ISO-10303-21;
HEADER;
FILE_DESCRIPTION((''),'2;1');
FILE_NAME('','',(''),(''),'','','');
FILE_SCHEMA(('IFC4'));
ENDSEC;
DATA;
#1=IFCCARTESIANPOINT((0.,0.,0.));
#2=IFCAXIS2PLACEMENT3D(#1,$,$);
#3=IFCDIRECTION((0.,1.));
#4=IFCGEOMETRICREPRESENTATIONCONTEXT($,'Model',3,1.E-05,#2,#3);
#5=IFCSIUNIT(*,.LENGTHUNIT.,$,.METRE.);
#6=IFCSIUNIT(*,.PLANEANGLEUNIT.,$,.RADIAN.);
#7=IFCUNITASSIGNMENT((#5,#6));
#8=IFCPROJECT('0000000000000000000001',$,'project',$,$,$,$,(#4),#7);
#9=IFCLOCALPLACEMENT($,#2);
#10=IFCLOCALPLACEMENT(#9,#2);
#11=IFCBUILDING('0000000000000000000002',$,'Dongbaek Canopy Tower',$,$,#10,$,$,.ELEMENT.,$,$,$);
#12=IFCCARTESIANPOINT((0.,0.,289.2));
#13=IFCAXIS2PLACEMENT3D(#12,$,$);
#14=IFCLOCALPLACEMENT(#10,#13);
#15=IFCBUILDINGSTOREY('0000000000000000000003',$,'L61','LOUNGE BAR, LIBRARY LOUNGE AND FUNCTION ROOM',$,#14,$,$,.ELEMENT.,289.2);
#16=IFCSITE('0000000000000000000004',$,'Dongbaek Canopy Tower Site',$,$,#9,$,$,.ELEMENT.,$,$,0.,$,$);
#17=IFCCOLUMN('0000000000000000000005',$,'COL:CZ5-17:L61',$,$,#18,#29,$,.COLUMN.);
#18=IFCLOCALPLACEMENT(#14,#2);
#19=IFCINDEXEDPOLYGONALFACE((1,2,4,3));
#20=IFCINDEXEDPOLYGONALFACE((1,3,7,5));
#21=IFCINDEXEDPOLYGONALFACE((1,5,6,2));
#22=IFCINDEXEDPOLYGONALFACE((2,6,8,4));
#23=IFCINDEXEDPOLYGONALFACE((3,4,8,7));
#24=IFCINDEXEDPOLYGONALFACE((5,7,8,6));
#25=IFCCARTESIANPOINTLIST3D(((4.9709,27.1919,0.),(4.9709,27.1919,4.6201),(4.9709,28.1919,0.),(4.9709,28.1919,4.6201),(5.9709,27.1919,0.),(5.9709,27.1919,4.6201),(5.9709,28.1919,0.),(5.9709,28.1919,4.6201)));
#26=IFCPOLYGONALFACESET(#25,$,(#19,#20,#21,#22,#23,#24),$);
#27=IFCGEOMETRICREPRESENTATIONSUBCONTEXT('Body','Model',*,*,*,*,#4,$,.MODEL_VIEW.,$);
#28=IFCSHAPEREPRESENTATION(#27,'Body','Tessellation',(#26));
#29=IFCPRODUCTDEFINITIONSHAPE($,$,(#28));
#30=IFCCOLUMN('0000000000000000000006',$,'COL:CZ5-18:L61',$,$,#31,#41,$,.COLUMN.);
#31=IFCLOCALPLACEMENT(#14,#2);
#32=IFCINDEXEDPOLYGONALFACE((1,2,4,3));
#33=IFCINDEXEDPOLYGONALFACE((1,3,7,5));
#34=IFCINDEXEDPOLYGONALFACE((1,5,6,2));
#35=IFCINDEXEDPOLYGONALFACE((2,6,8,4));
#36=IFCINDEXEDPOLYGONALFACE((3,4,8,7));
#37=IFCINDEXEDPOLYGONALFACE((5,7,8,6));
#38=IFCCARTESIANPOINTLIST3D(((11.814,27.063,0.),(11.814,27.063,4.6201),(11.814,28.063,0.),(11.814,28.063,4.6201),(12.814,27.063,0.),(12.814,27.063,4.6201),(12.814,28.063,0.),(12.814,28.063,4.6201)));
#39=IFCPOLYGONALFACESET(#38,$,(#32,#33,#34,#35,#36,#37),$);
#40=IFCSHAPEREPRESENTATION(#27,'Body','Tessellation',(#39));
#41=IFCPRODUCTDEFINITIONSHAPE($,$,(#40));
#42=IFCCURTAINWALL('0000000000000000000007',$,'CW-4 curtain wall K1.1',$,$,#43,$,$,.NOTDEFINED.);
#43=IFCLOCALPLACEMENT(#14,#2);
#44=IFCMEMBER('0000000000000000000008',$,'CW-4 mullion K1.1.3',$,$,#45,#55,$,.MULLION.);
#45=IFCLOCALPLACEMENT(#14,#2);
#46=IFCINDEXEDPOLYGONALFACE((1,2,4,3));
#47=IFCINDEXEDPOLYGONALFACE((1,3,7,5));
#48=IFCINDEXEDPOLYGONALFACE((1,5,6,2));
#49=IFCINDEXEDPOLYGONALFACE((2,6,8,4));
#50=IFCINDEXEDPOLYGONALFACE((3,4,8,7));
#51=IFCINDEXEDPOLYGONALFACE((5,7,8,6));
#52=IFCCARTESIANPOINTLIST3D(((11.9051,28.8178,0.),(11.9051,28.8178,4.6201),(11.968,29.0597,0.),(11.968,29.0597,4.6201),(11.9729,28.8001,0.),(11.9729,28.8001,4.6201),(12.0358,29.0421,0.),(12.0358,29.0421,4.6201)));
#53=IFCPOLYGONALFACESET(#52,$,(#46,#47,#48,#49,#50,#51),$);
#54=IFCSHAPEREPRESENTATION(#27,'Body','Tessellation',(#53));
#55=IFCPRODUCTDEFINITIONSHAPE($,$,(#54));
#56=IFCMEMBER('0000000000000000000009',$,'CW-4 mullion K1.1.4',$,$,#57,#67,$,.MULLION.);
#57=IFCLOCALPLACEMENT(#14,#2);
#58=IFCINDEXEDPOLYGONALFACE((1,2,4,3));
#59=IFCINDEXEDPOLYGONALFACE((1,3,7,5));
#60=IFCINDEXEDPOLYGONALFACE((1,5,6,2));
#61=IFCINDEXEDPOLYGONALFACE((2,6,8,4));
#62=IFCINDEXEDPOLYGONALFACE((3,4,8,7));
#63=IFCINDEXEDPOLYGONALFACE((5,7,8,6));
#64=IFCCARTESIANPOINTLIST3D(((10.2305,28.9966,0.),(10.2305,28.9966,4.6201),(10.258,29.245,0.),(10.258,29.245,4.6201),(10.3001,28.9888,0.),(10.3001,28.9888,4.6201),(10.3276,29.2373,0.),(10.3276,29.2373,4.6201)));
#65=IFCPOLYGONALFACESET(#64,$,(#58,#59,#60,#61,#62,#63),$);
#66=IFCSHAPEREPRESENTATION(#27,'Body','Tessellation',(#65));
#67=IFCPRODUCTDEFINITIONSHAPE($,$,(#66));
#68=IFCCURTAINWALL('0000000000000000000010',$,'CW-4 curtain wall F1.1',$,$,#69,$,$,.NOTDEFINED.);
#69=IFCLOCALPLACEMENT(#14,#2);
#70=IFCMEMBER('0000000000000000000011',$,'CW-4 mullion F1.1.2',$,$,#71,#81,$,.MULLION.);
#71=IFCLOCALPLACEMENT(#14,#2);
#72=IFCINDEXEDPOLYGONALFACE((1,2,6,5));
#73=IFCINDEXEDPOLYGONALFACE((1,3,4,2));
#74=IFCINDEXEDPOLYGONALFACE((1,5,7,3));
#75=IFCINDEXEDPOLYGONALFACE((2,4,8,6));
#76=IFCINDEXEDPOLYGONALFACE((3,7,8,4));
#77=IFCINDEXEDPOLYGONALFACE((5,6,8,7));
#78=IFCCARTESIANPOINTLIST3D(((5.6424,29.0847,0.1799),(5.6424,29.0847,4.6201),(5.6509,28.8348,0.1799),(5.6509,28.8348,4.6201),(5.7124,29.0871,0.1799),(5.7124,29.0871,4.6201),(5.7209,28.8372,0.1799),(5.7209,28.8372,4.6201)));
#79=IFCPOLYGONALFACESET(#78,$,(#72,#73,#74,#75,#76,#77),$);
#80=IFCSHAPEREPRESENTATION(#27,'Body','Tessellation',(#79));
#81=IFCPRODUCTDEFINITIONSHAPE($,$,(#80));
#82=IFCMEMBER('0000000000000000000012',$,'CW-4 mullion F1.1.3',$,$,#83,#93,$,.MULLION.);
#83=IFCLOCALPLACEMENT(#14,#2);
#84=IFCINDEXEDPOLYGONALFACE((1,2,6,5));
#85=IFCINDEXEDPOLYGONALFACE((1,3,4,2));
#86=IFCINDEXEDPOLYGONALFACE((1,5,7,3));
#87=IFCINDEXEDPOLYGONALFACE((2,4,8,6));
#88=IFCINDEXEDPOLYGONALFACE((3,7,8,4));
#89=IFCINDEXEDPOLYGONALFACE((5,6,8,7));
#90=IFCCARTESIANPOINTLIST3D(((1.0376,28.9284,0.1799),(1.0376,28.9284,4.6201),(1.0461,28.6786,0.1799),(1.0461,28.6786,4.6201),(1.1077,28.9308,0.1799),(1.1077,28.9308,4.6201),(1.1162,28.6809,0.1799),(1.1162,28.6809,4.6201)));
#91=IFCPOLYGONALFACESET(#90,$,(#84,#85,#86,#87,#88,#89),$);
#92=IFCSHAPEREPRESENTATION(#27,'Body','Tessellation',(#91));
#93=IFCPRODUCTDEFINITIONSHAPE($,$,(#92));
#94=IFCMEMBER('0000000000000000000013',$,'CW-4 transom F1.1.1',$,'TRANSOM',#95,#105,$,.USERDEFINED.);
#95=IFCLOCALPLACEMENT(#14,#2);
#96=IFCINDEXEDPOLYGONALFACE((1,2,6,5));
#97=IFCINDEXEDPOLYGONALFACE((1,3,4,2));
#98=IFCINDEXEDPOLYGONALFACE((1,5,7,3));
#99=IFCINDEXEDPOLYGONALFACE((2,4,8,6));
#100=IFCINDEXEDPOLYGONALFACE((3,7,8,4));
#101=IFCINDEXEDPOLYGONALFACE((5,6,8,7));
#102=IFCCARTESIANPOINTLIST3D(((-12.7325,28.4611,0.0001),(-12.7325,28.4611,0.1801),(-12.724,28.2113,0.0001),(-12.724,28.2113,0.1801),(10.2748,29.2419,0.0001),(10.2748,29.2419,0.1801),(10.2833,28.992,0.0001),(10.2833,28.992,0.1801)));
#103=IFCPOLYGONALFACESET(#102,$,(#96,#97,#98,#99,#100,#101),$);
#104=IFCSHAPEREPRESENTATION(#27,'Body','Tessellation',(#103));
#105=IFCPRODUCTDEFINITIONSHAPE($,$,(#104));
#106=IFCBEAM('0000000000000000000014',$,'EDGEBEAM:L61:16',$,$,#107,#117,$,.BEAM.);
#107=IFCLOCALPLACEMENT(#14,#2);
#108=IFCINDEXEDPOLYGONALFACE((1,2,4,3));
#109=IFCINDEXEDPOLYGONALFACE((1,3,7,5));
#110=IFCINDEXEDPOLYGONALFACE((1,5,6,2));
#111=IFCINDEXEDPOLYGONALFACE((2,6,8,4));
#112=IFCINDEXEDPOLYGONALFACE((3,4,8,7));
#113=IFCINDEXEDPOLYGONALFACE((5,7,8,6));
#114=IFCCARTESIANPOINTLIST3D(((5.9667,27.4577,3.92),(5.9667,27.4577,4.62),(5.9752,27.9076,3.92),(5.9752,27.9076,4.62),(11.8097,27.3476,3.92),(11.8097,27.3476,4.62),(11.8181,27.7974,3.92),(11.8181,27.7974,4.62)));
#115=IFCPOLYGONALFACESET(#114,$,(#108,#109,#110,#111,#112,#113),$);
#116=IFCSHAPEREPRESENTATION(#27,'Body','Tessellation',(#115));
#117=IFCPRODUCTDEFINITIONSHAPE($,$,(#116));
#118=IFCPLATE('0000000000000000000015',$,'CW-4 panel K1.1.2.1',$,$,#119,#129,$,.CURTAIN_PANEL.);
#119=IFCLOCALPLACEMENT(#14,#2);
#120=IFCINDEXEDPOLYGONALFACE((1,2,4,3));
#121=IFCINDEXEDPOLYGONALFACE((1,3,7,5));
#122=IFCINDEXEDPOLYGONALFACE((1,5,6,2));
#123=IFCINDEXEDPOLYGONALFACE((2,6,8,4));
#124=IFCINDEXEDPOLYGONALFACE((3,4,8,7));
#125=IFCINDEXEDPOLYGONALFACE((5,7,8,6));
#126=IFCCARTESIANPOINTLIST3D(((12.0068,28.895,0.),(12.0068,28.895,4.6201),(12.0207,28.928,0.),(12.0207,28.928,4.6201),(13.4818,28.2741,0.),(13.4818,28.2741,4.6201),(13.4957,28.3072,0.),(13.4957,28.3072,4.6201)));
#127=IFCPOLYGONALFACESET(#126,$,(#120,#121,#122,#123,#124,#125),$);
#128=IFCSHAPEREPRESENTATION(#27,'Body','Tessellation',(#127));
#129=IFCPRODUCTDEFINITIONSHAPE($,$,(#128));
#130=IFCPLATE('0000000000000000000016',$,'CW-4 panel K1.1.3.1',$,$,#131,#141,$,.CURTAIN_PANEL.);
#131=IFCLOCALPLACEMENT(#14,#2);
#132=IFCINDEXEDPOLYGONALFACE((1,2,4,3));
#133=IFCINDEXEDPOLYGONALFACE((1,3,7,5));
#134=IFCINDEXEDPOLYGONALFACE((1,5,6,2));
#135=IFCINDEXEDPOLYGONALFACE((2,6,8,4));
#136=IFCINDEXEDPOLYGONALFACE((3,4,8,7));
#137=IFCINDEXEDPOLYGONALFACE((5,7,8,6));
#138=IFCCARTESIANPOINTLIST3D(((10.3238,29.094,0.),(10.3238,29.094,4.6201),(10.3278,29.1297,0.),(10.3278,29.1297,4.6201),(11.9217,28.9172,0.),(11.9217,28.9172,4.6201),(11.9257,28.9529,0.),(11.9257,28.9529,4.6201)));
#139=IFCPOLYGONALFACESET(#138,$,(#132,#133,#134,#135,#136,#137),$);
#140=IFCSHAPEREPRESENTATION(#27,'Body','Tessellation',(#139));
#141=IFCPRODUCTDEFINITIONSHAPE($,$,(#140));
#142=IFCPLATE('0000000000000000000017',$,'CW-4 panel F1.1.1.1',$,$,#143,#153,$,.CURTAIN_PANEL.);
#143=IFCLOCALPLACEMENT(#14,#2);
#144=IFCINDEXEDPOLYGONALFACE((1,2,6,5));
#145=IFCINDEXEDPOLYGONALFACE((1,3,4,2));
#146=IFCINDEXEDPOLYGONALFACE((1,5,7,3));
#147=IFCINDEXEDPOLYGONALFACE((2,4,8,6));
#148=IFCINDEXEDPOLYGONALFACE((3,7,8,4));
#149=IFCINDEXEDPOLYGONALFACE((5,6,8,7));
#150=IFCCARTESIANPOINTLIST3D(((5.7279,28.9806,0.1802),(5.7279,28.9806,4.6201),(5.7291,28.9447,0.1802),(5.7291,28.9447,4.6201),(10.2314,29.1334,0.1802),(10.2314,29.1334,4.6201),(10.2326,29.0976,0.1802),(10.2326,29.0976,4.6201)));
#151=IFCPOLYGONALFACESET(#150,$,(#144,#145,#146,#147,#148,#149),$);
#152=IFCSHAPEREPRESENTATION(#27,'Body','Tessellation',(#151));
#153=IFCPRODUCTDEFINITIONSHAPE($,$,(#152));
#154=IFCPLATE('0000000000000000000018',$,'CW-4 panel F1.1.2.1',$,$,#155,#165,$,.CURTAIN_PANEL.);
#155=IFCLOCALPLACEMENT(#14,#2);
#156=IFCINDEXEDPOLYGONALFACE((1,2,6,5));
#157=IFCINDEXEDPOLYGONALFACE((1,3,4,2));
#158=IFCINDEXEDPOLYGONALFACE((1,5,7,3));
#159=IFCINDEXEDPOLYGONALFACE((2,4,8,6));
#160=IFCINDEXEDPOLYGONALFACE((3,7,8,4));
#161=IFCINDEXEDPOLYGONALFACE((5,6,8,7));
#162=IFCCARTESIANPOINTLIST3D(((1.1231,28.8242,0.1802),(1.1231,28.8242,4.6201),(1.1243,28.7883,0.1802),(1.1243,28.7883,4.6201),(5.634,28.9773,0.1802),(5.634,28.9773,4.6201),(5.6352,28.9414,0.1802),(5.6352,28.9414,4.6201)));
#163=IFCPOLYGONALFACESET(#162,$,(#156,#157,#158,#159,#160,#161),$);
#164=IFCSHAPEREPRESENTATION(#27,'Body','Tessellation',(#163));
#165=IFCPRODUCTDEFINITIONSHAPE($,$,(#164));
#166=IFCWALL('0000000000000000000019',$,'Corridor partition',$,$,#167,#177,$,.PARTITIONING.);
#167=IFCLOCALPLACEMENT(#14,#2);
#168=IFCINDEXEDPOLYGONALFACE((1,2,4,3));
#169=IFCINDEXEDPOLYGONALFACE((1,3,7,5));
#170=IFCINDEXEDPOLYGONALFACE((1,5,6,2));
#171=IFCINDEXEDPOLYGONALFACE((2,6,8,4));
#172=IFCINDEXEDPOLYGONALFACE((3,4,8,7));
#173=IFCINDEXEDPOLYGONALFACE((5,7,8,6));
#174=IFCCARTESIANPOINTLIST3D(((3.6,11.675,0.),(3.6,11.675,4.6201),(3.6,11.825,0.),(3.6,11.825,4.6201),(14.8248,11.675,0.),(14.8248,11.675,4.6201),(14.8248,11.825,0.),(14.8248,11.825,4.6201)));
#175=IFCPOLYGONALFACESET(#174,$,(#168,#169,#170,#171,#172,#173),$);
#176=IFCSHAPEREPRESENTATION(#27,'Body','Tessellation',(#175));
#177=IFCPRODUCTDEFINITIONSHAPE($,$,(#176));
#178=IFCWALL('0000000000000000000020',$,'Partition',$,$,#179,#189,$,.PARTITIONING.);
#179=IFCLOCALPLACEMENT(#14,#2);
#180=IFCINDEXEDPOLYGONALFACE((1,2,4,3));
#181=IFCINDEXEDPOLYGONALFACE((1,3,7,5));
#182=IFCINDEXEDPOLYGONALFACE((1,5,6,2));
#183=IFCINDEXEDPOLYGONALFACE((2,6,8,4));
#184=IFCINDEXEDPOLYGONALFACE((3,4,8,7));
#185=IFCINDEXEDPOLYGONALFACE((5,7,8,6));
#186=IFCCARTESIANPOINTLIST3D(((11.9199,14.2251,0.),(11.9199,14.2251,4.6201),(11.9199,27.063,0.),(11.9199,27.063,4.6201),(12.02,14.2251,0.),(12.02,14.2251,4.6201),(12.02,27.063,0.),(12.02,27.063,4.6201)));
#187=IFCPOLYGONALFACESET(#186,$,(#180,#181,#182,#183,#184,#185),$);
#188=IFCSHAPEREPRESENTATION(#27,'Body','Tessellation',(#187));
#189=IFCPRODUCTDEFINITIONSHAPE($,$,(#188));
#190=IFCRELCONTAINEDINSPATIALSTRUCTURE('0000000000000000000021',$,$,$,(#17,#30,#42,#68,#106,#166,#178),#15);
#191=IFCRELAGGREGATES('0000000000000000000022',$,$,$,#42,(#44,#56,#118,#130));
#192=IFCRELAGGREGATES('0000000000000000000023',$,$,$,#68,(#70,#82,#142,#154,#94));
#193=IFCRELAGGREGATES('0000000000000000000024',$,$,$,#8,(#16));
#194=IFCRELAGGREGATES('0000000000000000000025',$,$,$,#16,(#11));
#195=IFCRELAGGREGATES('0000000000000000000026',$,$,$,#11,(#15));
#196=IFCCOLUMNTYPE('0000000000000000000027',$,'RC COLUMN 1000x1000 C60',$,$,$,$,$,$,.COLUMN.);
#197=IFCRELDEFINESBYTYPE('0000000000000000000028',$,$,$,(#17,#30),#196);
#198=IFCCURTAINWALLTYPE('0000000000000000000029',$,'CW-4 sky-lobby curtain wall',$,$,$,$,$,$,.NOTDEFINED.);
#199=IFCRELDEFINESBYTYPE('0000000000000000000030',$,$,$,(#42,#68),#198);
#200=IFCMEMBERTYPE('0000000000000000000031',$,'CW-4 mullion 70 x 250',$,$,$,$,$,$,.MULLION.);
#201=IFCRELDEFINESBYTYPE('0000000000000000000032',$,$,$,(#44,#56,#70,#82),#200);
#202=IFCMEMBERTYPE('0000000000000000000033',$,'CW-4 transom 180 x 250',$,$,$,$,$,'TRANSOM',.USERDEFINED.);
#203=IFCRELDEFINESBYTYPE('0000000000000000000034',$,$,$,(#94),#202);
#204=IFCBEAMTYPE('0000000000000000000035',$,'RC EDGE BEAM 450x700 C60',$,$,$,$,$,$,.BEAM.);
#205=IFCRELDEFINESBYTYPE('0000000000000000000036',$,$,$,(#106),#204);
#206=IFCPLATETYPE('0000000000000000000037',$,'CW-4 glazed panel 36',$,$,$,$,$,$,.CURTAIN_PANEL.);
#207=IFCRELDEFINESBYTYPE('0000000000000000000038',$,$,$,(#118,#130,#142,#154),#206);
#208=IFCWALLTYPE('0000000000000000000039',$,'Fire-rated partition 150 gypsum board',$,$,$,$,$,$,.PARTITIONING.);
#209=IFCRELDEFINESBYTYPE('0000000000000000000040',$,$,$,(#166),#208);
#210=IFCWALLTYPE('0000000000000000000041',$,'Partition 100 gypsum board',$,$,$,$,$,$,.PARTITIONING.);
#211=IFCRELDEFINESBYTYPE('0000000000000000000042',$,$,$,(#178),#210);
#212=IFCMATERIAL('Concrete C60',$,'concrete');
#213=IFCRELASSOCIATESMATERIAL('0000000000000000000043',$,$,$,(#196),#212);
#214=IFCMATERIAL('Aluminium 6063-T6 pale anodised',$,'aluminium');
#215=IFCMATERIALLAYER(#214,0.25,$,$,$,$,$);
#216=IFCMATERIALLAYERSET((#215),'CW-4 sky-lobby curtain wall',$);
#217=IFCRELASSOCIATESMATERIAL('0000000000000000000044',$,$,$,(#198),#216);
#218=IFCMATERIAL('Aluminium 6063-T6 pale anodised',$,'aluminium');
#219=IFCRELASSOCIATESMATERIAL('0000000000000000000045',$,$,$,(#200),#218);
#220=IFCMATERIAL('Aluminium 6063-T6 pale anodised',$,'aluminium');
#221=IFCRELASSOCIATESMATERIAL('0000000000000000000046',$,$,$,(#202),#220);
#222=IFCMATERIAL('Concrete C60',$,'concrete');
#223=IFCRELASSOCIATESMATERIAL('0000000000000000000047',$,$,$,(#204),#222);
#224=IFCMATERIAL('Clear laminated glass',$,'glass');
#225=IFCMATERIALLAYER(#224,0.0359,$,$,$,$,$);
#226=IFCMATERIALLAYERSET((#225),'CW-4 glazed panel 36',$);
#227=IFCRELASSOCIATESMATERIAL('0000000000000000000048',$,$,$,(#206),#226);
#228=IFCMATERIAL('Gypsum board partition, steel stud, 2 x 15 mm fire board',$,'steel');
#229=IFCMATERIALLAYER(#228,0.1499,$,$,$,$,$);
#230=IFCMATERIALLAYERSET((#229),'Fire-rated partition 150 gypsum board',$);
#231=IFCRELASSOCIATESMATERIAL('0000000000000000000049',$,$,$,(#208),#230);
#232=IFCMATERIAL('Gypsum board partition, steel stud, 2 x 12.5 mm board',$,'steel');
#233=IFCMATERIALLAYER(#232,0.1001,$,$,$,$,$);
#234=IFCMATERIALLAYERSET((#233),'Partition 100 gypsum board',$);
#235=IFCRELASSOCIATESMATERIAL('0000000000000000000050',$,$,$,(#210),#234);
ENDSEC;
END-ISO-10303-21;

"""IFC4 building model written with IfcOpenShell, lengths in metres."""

from ifc_helpers import new_model, si_unit, direction, frame, frame_2d, origin, origin_2d, place, context, subcontext, project, spatial, rectangle, extrude, material, layer, layer_set, material_profile, profile_set, type_object, element, aggregate, save


model = new_model("IFC4")

# Units and contexts
model_context = context("Model", 3, precision=1e-05, world=origin(), true_north=direction((0.0, 1.0)))
body_context = subcontext(model_context, "Body", "Model", "MODEL_VIEW")
ifc_project = project(units=[si_unit("LENGTHUNIT", "METRE"), si_unit("PLANEANGLEUNIT", "RADIAN")], contexts=[model_context])

# Site, building, storey
site_placement = place(None, origin())
site = spatial("IfcSite", under=ifc_project, at=site_placement, Name="Dongbaek Canopy Tower Site", CompositionType="ELEMENT", RefElevation=0.0)
building_placement = place(site_placement, origin())
building = spatial("IfcBuilding", under=site, at=building_placement, Name="Dongbaek Canopy Tower", CompositionType="ELEMENT")
storey_placement = place(building_placement, frame((0.0, 0.0, 289.2)))
storey = spatial("IfcBuildingStorey", under=building, at=storey_placement, Name="L61", Description="LOUNGE BAR, LIBRARY LOUNGE AND FUNCTION ROOM", CompositionType="ELEMENT", Elevation=289.2)

# Columns
ifc_material_1 = material(Name="Concrete C60", Category="concrete")
ifc_material_profile_1 = material_profile(ifc_material_1, rectangle(XDim=1.0, YDim=1.0, at=origin_2d()), Name="RC COLUMN 1000x1000 C60")
ifc_profile_set_1 = profile_set([ifc_material_profile_1], Name="Concrete C60")
column_type = type_object("IfcColumnType", Name="RC COLUMN 1000x1000 C60", PredefinedType="COLUMN", material=ifc_profile_set_1)
for number, where, z_axis, x_axis, name in (
    (1, (5.4709, 27.6919, 0.0), (0.0, 0.0, 1.0), (1.0, 0.0, 0.0), "COL:CZ5-17:L61"),
    (2, (12.314, 27.563, 0.0), (0.0, 0.0, 1.0), (1.0, 0.0, 0.0), "COL:CZ5-18:L61"),
):
    element("IfcColumn", number, at=place(storey_placement, frame(where, z_axis=z_axis, x_axis=x_axis)), inside=storey, type_object=column_type, Name=name, PredefinedType="COLUMN", context=body_context, shape_type="SweptSolid", body=[
        extrude(rectangle(XDim=1.0, YDim=1.0, at=origin_2d()), origin(), (0.0, 0.0, 1.0), 4.6201),
    ])

# Curtain walls, members
ifc_material_2 = material(Name="Aluminium 6063-T6 pale anodised", Category="aluminium")
ifc_layer_1 = layer(ifc_material_2, 0.25)
ifc_layer_set_1 = layer_set([ifc_layer_1], Name="CW-4 sky-lobby curtain wall")
curtain_wall_type = type_object("IfcCurtainWallType", Name="CW-4 sky-lobby curtain wall", PredefinedType="NOTDEFINED", material=ifc_layer_set_1)
curtain_wall_1_placement = place(storey_placement, origin())
curtain_wall_1 = element("IfcCurtainWall", 3, at=curtain_wall_1_placement, inside=storey, type_object=curtain_wall_type, Name="CW-4 curtain wall K1.1", PredefinedType="NOTDEFINED")
ifc_material_3 = material(Name="Aluminium 6063-T6 pale anodised", Category="aluminium")
ifc_material_profile_2 = material_profile(ifc_material_3, rectangle(XDim=0.25, YDim=0.0701, at=origin_2d()), Name="CW-4 mullion 70 x 250")
ifc_profile_set_2 = profile_set([ifc_material_profile_2], Name="Aluminium 6063-T6 pale anodised")
member_type_1 = type_object("IfcMemberType", Name="CW-4 mullion 70 x 250", PredefinedType="MULLION", material=ifc_profile_set_2)
member_1_placement = place(storey_placement, frame((11.9705, 28.9299, 0.0), z_axis=(0.0, 0.0, 1.0), x_axis=(0.251572, 0.967839, 0.0)))
member_1 = element("IfcMember", 4, at=member_1_placement, type_object=member_type_1, Name="CW-4 mullion K1.1.3", PredefinedType="MULLION", context=body_context, shape_type="SweptSolid", body=[
    extrude(rectangle(XDim=0.25, YDim=0.0701, at=origin_2d()), origin(), (0.0, 0.0, 1.0), 4.6201),
])
member_2_placement = place(storey_placement, frame((10.2791, 29.1169, 0.0), z_axis=(0.0, 0.0, 1.0), x_axis=(0.109965, 0.993936, 0.0)))
member_2 = element("IfcMember", 5, at=member_2_placement, type_object=member_type_1, Name="CW-4 mullion K1.1.4", PredefinedType="MULLION", context=body_context, shape_type="SweptSolid", body=[
    extrude(rectangle(XDim=0.25, YDim=0.0701, at=origin_2d()), origin(), (0.0, 0.0, 1.0), 4.6201),
])
curtain_wall_2_placement = place(storey_placement, origin())
curtain_wall_2 = element("IfcCurtainWall", 6, at=curtain_wall_2_placement, inside=storey, type_object=curtain_wall_type, Name="CW-4 curtain wall F1.1", PredefinedType="NOTDEFINED")
member_3_placement = place(storey_placement, frame((5.6816, 28.9609, 0.1799), z_axis=(0.0, 0.0, 1.0), x_axis=(-0.033923, 0.999424, 0.0)))
member_3 = element("IfcMember", 7, at=member_3_placement, type_object=member_type_1, Name="CW-4 mullion F1.1.2", PredefinedType="MULLION", context=body_context, shape_type="SweptSolid", body=[
    extrude(rectangle(XDim=0.25, YDim=0.0701, at=origin_2d()), origin(), (0.0, 0.0, 1.0), 4.4402),
])
member_4_placement = place(storey_placement, frame((1.0769, 28.8047, 0.1799), z_axis=(0.0, 0.0, 1.0), x_axis=(-0.033923, 0.999424, 0.0)))
member_4 = element("IfcMember", 8, at=member_4_placement, type_object=member_type_1, Name="CW-4 mullion F1.1.3", PredefinedType="MULLION", context=body_context, shape_type="SweptSolid", body=[
    extrude(rectangle(XDim=0.25, YDim=0.0701, at=origin_2d()), origin(), (0.0, 0.0, 1.0), 4.4402),
])
ifc_material_4 = material(Name="Aluminium 6063-T6 pale anodised", Category="aluminium")
ifc_material_profile_3 = material_profile(ifc_material_4, rectangle(XDim=0.25, YDim=0.1799, at=origin_2d()), Name="CW-4 transom 180 x 250")
ifc_profile_set_3 = profile_set([ifc_material_profile_3], Name="Aluminium 6063-T6 pale anodised")
member_type_2 = type_object("IfcMemberType", Name="CW-4 transom 180 x 250", ElementType="TRANSOM", PredefinedType="USERDEFINED", material=ifc_profile_set_3)
member_5_placement = place(storey_placement, frame((10.2791, 29.1169, 0.0901), z_axis=(-0.999425, -0.033916, 0.0), x_axis=(0.033916, -0.999425, 0.0)))
member_5 = element("IfcMember", 9, at=member_5_placement, type_object=member_type_2, Name="CW-4 transom F1.1.1", ObjectType="TRANSOM", PredefinedType="USERDEFINED", context=body_context, shape_type="SweptSolid", body=[
    extrude(rectangle(XDim=0.25, YDim=0.1799, at=origin_2d()), origin(), (0.0, 0.0, 1.0), 23.0205),
])

# Beam
ifc_material_5 = material(Name="Concrete C60", Category="concrete")
ifc_material_profile_4 = material_profile(ifc_material_5, rectangle(XDim=0.45, YDim=0.7, at=origin_2d()), Name="RC EDGE BEAM 450x700 C60")
ifc_profile_set_4 = profile_set([ifc_material_profile_4], Name="Concrete C60")
beam_type = type_object("IfcBeamType", Name="RC EDGE BEAM 450x700 C60", PredefinedType="BEAM", material=ifc_profile_set_4)
beam_placement = place(storey_placement, frame((5.9709, 27.6826, 4.27), z_axis=(0.999822, -0.018841, 0.0), x_axis=(0.018841, 0.999822, 0.0)))
element("IfcBeam", 10, at=beam_placement, inside=storey, type_object=beam_type, Name="EDGEBEAM:L61:16", PredefinedType="BEAM", context=body_context, shape_type="SweptSolid", body=[
    extrude(rectangle(XDim=0.45, YDim=0.7, at=origin_2d()), origin(), (0.0, 0.0, 1.0), 5.844),
])

# Plates
ifc_material_6 = material(Name="Clear laminated glass", Category="glass")
ifc_layer_2 = layer(ifc_material_6, 0.0359)
ifc_layer_set_2 = layer_set([ifc_layer_2], Name="CW-4 glazed panel 36")
plate_type = type_object("IfcPlateType", Name="CW-4 glazed panel 36", PredefinedType="CURTAIN_PANEL", material=ifc_layer_set_2)
plate_1_placement = place(storey_placement, frame((12.7512, 28.6011, 0.0), z_axis=(0.0, 0.0, 1.0), x_axis=(-0.921675, 0.387963, 0.0)))
plate_1 = element("IfcPlate", 11, at=plate_1_placement, type_object=plate_type, Name="CW-4 panel K1.1.2.1", PredefinedType="CURTAIN_PANEL", context=body_context, shape_type="SweptSolid", body=[
    extrude(rectangle(XDim=1.6003, YDim=0.0359, at=origin_2d()), origin(), (0.0, 0.0, 1.0), 4.6201),
])
plate_2_placement = place(storey_placement, frame((11.1248, 29.0234, 0.0), z_axis=(0.0, 0.0, 1.0), x_axis=(-0.993936, 0.109965, 0.0)))
plate_2 = element("IfcPlate", 12, at=plate_2_placement, type_object=plate_type, Name="CW-4 panel K1.1.3.1", PredefinedType="CURTAIN_PANEL", context=body_context, shape_type="SweptSolid", body=[
    extrude(rectangle(XDim=1.6077, YDim=0.0359, at=origin_2d()), origin(), (0.0, 0.0, 1.0), 4.6201),
])
aggregate(curtain_wall_1, [member_1, member_2, plate_1, plate_2])
plate_3_placement = place(storey_placement, frame((7.9802, 29.0391, 0.1802), z_axis=(0.0, 0.0, 1.0), x_axis=(-0.999424, -0.033923, 0.0)))
plate_3 = element("IfcPlate", 13, at=plate_3_placement, type_object=plate_type, Name="CW-4 panel F1.1.1.1", PredefinedType="CURTAIN_PANEL", context=body_context, shape_type="SweptSolid", body=[
    extrude(rectangle(XDim=4.5061, YDim=0.0359, at=origin_2d()), origin(), (0.0, 0.0, 1.0), 4.4399),
])
plate_4_placement = place(storey_placement, frame((3.3792, 28.8828, 0.1802), z_axis=(0.0, 0.0, 1.0), x_axis=(-0.999424, -0.033923, 0.0)))
plate_4 = element("IfcPlate", 14, at=plate_4_placement, type_object=plate_type, Name="CW-4 panel F1.1.2.1", PredefinedType="CURTAIN_PANEL", context=body_context, shape_type="SweptSolid", body=[
    extrude(rectangle(XDim=4.5134, YDim=0.0359, at=origin_2d()), origin(), (0.0, 0.0, 1.0), 4.4399),
])

# Walls
ifc_material_7 = material(Name="Gypsum board partition, steel stud, 2 x 15 mm fire board", Category="steel")
ifc_layer_3 = layer(ifc_material_7, 0.1499)
ifc_layer_set_3 = layer_set([ifc_layer_3], Name="Fire-rated partition 150 gypsum board")
wall_type_1 = type_object("IfcWallType", Name="Fire-rated partition 150 gypsum board", PredefinedType="PARTITIONING", material=ifc_layer_set_3)
wall_1_placement = place(storey_placement, frame((3.6001, 11.75, 0.0), z_axis=(0.0, 0.0, 1.0), x_axis=(1.0, 0.0, 0.0)))
element("IfcWall", 15, at=wall_1_placement, inside=storey, type_object=wall_type_1, Name="Corridor partition", PredefinedType="PARTITIONING", context=body_context, shape_type="SweptSolid", body=[
    extrude(rectangle(XDim=11.2249, YDim=0.1499, at=frame_2d((5.6123, 0.0))), origin(), (0.0, 0.0, 1.0), 4.6201),
])
ifc_material_8 = material(Name="Gypsum board partition, steel stud, 2 x 12.5 mm board", Category="steel")
ifc_layer_4 = layer(ifc_material_8, 0.1001)
ifc_layer_set_4 = layer_set([ifc_layer_4], Name="Partition 100 gypsum board")
wall_type_2 = type_object("IfcWallType", Name="Partition 100 gypsum board", PredefinedType="PARTITIONING", material=ifc_layer_set_4)
wall_2_placement = place(storey_placement, frame((11.97, 14.2251, 0.0), z_axis=(0.0, 0.0, 1.0), x_axis=(0.0, 1.0, 0.0)))
element("IfcWall", 16, at=wall_2_placement, inside=storey, type_object=wall_type_2, Name="Partition", PredefinedType="PARTITIONING", context=body_context, shape_type="SweptSolid", body=[
    extrude(rectangle(XDim=12.8379, YDim=0.1001, at=frame_2d((6.4189, 0.0))), origin(), (0.0, 0.0, 1.0), 4.6201),
])

aggregate(curtain_wall_2, [member_3, member_4, plate_3, plate_4, member_5])

save(model, "model.ifc")
